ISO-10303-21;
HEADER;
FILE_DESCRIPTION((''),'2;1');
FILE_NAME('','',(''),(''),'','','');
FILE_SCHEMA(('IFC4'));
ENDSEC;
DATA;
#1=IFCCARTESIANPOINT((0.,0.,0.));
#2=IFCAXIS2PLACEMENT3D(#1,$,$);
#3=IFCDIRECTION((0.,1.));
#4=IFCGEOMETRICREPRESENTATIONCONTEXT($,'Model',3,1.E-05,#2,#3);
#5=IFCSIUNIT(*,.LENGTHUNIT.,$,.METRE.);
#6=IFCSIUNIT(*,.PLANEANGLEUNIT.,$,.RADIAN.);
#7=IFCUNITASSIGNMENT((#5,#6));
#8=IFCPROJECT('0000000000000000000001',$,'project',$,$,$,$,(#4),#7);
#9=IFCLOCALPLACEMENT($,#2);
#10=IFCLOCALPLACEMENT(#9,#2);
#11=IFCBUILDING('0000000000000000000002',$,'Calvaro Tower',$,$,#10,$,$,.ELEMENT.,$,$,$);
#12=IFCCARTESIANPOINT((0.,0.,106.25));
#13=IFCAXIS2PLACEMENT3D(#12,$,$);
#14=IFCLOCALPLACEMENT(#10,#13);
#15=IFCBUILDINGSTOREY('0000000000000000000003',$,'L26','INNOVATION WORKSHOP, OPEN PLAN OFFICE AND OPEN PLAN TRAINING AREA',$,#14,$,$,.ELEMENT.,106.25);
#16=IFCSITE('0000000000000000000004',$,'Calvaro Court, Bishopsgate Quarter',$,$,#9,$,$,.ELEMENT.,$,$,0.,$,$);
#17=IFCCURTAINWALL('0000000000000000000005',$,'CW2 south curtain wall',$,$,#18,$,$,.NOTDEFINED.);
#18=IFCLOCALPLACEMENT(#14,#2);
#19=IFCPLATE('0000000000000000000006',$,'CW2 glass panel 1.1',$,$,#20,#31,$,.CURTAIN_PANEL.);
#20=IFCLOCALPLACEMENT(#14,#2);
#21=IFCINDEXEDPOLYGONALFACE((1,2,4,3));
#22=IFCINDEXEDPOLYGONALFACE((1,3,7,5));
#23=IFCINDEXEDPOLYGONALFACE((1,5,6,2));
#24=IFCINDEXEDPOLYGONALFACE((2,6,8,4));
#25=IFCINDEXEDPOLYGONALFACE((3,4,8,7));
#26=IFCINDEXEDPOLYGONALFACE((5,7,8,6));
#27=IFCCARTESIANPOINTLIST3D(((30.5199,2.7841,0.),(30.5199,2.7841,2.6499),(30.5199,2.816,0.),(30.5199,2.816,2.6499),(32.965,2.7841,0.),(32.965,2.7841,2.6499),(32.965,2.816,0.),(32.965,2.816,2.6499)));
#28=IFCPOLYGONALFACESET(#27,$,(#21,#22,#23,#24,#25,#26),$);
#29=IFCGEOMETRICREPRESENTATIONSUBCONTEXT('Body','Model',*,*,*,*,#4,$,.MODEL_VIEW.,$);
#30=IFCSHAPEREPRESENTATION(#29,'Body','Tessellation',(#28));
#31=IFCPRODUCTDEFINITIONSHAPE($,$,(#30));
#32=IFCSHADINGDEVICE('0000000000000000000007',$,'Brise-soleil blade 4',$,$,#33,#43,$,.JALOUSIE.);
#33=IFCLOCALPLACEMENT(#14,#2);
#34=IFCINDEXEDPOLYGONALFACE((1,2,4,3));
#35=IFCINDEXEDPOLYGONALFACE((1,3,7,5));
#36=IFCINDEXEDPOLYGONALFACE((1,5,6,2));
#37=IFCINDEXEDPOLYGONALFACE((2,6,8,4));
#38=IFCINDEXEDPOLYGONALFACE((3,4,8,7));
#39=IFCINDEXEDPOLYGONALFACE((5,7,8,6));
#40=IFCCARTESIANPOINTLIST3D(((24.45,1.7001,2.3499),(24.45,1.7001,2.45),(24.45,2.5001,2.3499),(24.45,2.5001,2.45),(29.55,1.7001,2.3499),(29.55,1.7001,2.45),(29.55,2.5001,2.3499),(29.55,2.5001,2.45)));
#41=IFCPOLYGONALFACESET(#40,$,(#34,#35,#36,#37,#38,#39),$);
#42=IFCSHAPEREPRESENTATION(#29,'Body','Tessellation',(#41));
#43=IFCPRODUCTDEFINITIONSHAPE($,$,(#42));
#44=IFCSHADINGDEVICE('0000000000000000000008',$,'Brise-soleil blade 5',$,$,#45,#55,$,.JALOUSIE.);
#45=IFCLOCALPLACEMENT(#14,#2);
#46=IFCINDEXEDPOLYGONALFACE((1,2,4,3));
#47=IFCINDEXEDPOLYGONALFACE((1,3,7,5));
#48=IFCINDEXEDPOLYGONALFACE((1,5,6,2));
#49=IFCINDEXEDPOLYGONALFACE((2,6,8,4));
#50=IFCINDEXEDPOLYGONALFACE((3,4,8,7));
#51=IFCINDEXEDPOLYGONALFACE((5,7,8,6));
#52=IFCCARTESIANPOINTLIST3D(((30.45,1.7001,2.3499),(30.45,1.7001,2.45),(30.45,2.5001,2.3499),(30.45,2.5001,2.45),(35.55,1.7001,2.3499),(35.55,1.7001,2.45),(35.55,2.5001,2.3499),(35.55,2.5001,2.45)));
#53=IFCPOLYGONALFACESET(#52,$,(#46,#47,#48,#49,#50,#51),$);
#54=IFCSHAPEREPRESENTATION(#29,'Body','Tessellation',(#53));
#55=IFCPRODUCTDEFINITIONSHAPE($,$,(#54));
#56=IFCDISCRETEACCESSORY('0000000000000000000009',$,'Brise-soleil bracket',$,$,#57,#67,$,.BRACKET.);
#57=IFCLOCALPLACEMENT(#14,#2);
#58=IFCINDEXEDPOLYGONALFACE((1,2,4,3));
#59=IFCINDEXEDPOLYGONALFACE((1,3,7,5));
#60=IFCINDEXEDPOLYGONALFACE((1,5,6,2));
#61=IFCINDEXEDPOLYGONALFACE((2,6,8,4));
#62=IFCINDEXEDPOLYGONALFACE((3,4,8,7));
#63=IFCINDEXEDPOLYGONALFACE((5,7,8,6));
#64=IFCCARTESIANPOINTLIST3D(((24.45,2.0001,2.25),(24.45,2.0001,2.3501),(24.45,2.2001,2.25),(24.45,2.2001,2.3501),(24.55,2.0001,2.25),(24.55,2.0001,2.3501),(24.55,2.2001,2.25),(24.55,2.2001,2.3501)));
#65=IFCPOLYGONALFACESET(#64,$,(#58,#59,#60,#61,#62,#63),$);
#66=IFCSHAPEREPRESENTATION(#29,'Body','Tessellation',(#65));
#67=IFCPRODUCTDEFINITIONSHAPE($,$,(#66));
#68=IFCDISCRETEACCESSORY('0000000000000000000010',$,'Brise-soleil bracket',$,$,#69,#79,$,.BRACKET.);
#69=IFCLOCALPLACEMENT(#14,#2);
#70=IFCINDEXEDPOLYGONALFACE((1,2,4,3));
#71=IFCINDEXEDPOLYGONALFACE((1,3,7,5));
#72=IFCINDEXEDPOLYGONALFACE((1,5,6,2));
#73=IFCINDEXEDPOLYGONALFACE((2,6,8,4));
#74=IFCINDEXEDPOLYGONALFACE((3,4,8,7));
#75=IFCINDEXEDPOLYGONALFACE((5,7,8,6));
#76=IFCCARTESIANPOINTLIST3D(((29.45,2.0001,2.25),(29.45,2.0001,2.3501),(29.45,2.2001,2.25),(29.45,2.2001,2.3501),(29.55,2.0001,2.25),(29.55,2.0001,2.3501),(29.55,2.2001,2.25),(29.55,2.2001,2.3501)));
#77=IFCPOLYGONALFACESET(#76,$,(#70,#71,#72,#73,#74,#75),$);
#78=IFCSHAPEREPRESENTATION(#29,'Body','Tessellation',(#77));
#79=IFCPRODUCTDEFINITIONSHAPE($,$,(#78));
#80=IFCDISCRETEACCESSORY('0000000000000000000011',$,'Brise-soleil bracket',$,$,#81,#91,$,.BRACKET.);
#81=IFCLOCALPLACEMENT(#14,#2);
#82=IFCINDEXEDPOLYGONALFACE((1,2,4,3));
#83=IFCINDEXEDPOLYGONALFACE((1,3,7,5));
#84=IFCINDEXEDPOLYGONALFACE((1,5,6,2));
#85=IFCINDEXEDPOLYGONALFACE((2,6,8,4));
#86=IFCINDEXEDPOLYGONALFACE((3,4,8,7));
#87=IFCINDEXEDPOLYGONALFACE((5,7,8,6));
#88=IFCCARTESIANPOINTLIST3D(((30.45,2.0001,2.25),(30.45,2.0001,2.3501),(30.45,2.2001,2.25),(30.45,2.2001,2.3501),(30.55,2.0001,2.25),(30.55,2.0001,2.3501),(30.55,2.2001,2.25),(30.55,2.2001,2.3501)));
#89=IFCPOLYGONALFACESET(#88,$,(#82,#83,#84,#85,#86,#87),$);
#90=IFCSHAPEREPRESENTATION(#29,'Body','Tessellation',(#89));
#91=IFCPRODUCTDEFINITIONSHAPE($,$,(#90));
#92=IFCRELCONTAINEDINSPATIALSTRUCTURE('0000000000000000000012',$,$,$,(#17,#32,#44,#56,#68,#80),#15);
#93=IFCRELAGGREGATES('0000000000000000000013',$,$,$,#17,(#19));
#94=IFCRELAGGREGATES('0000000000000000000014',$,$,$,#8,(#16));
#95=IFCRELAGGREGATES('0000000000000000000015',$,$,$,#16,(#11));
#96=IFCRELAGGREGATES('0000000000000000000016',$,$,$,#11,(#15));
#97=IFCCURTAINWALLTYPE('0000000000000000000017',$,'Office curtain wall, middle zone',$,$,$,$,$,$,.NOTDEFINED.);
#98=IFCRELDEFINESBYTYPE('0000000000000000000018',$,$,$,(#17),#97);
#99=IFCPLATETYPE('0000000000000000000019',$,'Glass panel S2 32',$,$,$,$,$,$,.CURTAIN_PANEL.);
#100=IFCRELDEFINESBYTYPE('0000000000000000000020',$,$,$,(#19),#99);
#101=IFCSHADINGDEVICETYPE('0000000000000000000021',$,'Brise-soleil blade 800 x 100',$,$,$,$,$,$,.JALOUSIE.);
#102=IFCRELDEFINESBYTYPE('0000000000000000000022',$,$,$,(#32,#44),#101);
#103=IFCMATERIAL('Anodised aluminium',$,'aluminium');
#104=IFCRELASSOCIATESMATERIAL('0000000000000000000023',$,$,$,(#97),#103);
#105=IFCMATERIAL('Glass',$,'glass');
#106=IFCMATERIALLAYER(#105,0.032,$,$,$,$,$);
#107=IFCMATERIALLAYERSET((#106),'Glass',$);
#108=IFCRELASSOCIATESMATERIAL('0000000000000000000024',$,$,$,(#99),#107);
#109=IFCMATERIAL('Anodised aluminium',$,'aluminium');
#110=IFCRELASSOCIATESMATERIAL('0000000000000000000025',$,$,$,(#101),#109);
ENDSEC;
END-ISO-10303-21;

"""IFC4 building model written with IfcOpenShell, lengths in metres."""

from ifc_helpers import new_model, si_unit, direction, frame, origin, origin_2d, place, context, subcontext, project, spatial, rectangle, extrude, material, layer, layer_set, material_profile, profile_set, type_object, element, aggregate, save


model = new_model("IFC4")

# Units and contexts
model_context = context("Model", 3, precision=1e-05, world=origin(), true_north=direction((0.0, 1.0)))
body_context = subcontext(model_context, "Body", "Model", "MODEL_VIEW")
ifc_project = project(units=[si_unit("LENGTHUNIT", "METRE"), si_unit("PLANEANGLEUNIT", "RADIAN")], contexts=[model_context])

# Site, building, storey
site_placement = place(None, origin())
site = spatial("IfcSite", under=ifc_project, at=site_placement, Name="Calvaro Court, Bishopsgate Quarter", CompositionType="ELEMENT", RefElevation=0.0)
building_placement = place(site_placement, origin())
building = spatial("IfcBuilding", under=site, at=building_placement, Name="Calvaro Tower", CompositionType="ELEMENT")
storey_placement = place(building_placement, frame((0.0, 0.0, 106.25)))
storey = spatial("IfcBuildingStorey", under=building, at=storey_placement, Name="L26", Description="INNOVATION WORKSHOP, OPEN PLAN OFFICE AND OPEN PLAN TRAINING AREA", CompositionType="ELEMENT", Elevation=106.25)

# Shared definitions
ifc_material_1 = material(Name="Anodised aluminium", Category="aluminium")
curtain_wall_type = type_object("IfcCurtainWallType", Name="Office curtain wall, middle zone", PredefinedType="NOTDEFINED", material=ifc_material_1)

# Curtain wall
curtain_wall_1_placement = place(storey_placement, origin())
curtain_wall_1 = element("IfcCurtainWall", 1, at=curtain_wall_1_placement, inside=storey, type_object=curtain_wall_type, Name="CW2 south curtain wall", PredefinedType="NOTDEFINED")

# Plate
ifc_material_2 = material(Name="Glass", Category="glass")
ifc_layer = layer(ifc_material_2, 0.032)
ifc_layer_set = layer_set([ifc_layer], Name="Glass")
plate_type = type_object("IfcPlateType", Name="Glass panel S2 32", PredefinedType="CURTAIN_PANEL", material=ifc_layer_set)
plate_1_placement = place(storey_placement, frame((31.7424, 2.8, 0.0), z_axis=(0.0, 0.0, 1.0), x_axis=(1.0, 0.0, 0.0)))
plate_1 = element("IfcPlate", 2, at=plate_1_placement, type_object=plate_type, Name="CW2 glass panel 1.1", PredefinedType="CURTAIN_PANEL", context=body_context, shape_type="SweptSolid", body=[
    extrude(rectangle(XDim=2.4451, YDim=0.032, at=origin_2d()), origin(), (0.0, 0.0, 1.0), 2.6499),
])
aggregate(curtain_wall_1, [plate_1])

# Shading devices
ifc_material_3 = material(Name="Anodised aluminium", Category="aluminium")
ifc_material_profile_1 = material_profile(ifc_material_3, rectangle(XDim=0.8, YDim=0.1001, at=origin_2d()), Name="Brise-soleil blade 800 x 100")
ifc_profile_set_1 = profile_set([ifc_material_profile_1], Name="Anodised aluminium")
shading_device_type = type_object("IfcShadingDeviceType", Name="Brise-soleil blade 800 x 100", PredefinedType="JALOUSIE", material=ifc_profile_set_1)
for number, where, z_axis, x_axis, name in (
    (3, (24.45, 2.1001, 2.3999), (1.0, 0.0, 0.0), (0.0, 1.0, 0.0), "Brise-soleil blade 4"),
    (4, (30.45, 2.1001, 2.3999), (1.0, 0.0, 0.0), (0.0, 1.0, 0.0), "Brise-soleil blade 5"),
):
    element("IfcShadingDevice", number, at=place(storey_placement, frame(where, z_axis=z_axis, x_axis=x_axis)), inside=storey, type_object=shading_device_type, Name=name, PredefinedType="JALOUSIE", context=body_context, shape_type="SweptSolid", body=[
        extrude(rectangle(XDim=0.8, YDim=0.1001, at=origin_2d()), origin(), (0.0, 0.0, 1.0), 5.1001),
    ])

# Discrete accessories
for number, where, z_axis, x_axis, name in (
    (5, (24.5, 2.1001, 2.25), (0.0, 0.0, 1.0), (1.0, 0.0, 0.0), "Brise-soleil bracket"),
    (6, (29.5, 2.1001, 2.25), (0.0, 0.0, 1.0), (1.0, 0.0, 0.0), "Brise-soleil bracket"),
    (7, (30.5, 2.1001, 2.25), (0.0, 0.0, 1.0), (1.0, 0.0, 0.0), "Brise-soleil bracket"),
):
    element("IfcDiscreteAccessory", number, at=place(storey_placement, frame(where, z_axis=z_axis, x_axis=x_axis)), inside=storey, Name=name, PredefinedType="BRACKET", context=body_context, shape_type="SweptSolid", body=[
        extrude(rectangle(XDim=0.1001, YDim=0.2, at=origin_2d()), origin(), (0.0, 0.0, 1.0), 0.1001),
    ])

save(model, "model.ifc")
